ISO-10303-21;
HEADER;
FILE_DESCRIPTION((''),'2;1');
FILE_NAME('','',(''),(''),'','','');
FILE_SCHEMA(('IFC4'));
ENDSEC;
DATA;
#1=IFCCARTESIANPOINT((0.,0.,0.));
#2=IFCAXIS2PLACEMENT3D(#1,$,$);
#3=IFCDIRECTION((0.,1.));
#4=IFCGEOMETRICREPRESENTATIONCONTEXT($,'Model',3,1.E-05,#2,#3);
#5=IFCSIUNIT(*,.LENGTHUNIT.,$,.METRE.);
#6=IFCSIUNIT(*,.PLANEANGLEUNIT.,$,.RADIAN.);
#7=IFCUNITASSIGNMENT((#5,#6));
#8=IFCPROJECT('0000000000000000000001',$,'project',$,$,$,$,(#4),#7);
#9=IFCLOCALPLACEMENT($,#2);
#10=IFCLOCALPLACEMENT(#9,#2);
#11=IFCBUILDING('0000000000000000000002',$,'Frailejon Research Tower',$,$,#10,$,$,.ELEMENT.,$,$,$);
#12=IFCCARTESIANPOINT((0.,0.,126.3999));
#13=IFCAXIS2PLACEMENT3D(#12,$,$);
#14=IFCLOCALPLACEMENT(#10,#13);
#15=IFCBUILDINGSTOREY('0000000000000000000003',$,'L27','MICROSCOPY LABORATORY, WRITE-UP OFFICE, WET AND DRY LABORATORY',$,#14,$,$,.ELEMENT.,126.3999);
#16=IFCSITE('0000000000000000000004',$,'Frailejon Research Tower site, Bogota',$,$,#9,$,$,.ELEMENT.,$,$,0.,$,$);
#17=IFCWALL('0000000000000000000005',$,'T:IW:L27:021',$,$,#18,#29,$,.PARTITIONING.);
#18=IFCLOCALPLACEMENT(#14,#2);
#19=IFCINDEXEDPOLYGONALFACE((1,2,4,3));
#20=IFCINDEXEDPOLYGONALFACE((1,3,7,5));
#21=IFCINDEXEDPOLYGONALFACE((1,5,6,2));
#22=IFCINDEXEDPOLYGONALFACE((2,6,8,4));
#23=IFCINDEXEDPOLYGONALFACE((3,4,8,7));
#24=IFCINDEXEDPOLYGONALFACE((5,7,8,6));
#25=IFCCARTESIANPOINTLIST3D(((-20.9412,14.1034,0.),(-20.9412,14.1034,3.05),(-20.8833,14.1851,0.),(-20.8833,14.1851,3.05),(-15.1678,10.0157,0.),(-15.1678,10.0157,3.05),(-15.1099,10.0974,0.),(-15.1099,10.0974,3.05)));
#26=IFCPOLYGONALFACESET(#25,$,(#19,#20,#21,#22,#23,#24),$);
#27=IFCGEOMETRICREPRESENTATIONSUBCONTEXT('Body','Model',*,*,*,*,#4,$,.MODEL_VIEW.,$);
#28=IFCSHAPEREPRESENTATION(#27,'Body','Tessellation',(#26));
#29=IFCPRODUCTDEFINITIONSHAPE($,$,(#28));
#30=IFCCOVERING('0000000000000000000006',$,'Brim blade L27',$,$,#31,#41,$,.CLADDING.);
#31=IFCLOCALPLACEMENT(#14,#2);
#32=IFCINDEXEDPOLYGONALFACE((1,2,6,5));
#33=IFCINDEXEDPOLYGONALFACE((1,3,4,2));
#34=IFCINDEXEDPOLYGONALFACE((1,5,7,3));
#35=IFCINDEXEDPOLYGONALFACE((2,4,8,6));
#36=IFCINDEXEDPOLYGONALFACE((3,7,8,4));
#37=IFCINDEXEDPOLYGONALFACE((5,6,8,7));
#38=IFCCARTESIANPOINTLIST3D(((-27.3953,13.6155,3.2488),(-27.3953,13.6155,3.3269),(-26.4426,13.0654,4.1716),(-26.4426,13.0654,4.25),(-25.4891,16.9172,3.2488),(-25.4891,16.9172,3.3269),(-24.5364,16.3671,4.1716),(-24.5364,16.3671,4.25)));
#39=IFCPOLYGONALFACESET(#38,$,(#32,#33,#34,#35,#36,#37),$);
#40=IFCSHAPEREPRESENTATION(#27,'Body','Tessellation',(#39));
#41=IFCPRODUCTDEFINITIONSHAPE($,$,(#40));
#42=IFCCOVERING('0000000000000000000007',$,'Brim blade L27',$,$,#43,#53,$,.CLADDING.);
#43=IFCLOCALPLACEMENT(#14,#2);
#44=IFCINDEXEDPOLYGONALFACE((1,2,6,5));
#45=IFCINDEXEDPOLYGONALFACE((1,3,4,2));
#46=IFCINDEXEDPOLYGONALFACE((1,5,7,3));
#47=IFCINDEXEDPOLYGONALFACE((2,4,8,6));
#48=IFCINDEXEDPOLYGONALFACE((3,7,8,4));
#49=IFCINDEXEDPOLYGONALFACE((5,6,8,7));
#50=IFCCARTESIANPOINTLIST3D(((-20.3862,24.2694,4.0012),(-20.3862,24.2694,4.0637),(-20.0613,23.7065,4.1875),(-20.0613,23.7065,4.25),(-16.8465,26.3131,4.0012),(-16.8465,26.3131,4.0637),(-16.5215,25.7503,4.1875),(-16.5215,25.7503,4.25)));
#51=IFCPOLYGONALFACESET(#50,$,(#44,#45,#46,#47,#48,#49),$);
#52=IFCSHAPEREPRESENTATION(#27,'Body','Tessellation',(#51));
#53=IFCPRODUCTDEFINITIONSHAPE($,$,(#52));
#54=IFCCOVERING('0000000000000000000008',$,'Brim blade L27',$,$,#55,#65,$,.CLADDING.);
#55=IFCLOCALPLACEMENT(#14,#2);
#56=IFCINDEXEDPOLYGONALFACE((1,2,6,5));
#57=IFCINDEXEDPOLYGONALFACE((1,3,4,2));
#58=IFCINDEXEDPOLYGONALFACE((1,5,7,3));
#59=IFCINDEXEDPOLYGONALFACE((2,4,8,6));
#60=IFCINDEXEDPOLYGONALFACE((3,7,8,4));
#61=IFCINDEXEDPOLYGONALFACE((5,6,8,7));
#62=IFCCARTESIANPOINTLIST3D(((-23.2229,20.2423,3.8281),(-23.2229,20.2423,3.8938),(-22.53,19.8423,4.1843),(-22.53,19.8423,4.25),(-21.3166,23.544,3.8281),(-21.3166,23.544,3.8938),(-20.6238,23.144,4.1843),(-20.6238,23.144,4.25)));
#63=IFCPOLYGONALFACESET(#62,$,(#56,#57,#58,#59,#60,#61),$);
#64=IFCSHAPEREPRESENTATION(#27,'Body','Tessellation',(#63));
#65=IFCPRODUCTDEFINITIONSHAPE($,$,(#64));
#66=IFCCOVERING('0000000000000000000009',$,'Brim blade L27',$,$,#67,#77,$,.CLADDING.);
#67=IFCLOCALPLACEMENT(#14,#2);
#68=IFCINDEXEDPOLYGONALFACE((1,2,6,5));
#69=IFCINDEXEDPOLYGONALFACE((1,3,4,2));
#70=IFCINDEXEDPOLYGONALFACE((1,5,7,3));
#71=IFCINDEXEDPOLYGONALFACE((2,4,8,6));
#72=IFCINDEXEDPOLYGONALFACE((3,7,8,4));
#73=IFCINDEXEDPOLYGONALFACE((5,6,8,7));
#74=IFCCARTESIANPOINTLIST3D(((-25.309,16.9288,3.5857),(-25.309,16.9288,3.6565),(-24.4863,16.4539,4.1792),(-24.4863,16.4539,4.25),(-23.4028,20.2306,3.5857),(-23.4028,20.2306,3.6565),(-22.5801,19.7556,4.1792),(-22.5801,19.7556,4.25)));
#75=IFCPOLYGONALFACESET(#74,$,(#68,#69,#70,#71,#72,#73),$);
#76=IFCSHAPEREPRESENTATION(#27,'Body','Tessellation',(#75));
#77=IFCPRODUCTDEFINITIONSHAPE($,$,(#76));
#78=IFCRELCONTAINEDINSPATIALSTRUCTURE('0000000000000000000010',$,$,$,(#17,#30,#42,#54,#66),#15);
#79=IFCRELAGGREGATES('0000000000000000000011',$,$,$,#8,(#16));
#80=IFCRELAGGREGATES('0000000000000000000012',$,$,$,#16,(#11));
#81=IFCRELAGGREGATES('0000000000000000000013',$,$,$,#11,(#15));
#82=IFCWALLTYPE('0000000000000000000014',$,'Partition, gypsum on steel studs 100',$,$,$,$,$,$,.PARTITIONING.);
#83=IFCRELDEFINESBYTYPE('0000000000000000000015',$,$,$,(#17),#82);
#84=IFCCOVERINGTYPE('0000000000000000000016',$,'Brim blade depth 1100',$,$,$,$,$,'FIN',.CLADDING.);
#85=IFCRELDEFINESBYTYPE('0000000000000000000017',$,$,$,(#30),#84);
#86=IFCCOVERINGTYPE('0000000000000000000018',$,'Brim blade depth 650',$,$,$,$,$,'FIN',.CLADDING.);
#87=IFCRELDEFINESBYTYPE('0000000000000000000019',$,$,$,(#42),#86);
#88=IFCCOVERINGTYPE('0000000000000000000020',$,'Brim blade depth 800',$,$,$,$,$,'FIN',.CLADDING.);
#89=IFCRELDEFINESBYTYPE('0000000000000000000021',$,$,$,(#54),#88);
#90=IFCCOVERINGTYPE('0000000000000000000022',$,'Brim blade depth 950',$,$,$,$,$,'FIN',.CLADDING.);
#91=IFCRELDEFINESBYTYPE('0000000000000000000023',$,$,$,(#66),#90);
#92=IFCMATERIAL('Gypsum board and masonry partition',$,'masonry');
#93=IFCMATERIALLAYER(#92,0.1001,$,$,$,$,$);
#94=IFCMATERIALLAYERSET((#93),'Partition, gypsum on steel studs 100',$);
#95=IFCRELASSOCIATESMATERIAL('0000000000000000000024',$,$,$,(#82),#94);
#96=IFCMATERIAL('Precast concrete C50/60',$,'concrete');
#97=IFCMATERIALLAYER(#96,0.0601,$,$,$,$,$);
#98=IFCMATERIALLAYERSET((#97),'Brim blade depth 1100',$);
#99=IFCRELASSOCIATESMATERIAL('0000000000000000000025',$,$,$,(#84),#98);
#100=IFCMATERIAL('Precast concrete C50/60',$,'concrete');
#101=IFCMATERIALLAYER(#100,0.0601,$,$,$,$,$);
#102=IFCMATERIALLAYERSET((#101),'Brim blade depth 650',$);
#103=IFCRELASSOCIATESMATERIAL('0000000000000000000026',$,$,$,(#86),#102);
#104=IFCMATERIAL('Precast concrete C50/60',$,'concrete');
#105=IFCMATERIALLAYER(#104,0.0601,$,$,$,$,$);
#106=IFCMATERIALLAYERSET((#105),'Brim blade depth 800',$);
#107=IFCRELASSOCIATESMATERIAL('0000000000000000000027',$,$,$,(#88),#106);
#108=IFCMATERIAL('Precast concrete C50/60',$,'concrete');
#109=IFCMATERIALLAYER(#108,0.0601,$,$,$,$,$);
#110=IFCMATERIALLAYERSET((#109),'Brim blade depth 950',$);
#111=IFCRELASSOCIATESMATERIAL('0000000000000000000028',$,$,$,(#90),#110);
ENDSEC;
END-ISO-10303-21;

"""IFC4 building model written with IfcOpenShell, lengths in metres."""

from ifc_helpers import new_model, si_unit, direction, frame, frame_2d, origin, place, context, subcontext, project, spatial, polyline, rectangle, outline, extrude, material, layer, layer_set, type_object, element, save


model = new_model("IFC4")

# Units and contexts
model_context = context("Model", 3, precision=1e-05, world=origin(), true_north=direction((0.0, 1.0)))
body_context = subcontext(model_context, "Body", "Model", "MODEL_VIEW")
ifc_project = project(units=[si_unit("LENGTHUNIT", "METRE"), si_unit("PLANEANGLEUNIT", "RADIAN")], contexts=[model_context])

# Site, building, storey
site_placement = place(None, origin())
site = spatial("IfcSite", under=ifc_project, at=site_placement, Name="Frailejon Research Tower site, Bogota", CompositionType="ELEMENT", RefElevation=0.0)
building_placement = place(site_placement, origin())
building = spatial("IfcBuilding", under=site, at=building_placement, Name="Frailejon Research Tower", CompositionType="ELEMENT")
storey_placement = place(building_placement, frame((0.0, 0.0, 126.3999)))
storey = spatial("IfcBuildingStorey", under=building, at=storey_placement, Name="L27", Description="MICROSCOPY LABORATORY, WRITE-UP OFFICE, WET AND DRY LABORATORY", CompositionType="ELEMENT", Elevation=126.3999)

# Shared definitions
ifc_material_1 = material(Name="Gypsum board and masonry partition", Category="masonry")
ifc_layer_1 = layer(ifc_material_1, 0.1001)
ifc_layer_set_1 = layer_set([ifc_layer_1], Name="Partition, gypsum on steel studs 100")
wall_type = type_object("IfcWallType", Name="Partition, gypsum on steel studs 100", PredefinedType="PARTITIONING", material=ifc_layer_set_1)

# Wall
wall_1_placement = place(storey_placement, frame((-20.9124, 14.1443, 0.0), z_axis=(0.0, 0.0, 1.0), x_axis=(0.816149, -0.577841, 0.0)))
element("IfcWall", 1, at=wall_1_placement, inside=storey, type_object=wall_type, Name="T:IW:L27:021", PredefinedType="PARTITIONING", context=body_context, shape_type="SweptSolid", body=[
    extrude(rectangle(XDim=7.074, YDim=0.1001, at=frame_2d((3.5371, 0.0))), origin(), (0.0, 0.0, 1.0), 3.05),
])

# Coverings
ifc_material_2 = material(Name="Precast concrete C50/60", Category="concrete")
ifc_layer_2 = layer(ifc_material_2, 0.0601)
ifc_layer_set_2 = layer_set([ifc_layer_2], Name="Brim blade depth 1100")
covering_type_1 = type_object("IfcCoveringType", Name="Brim blade depth 1100", ElementType="FIN", PredefinedType="CLADDING", material=ifc_layer_set_2)
covering_1_placement = place(storey_placement, frame((-26.4426, 13.0654, 4.25), z_axis=(0.500001, 0.866025, 0.0), x_axis=(-0.866025, 0.500001, 0.0)))
element("IfcCovering", 2, at=covering_1_placement, inside=storey, type_object=covering_type_1, Name="Brim blade L27", PredefinedType="CLADDING", context=body_context, shape_type="SweptSolid", body=[
    extrude(outline(polyline([(0.0, -0.0784), (1.1001, -1.0012), (1.1001, -0.9231), (0.0, 0.0), (0.0, -0.0784)])), origin(), (0.0, 0.0, 1.0), 3.8125),
])
ifc_material_3 = material(Name="Precast concrete C50/60", Category="concrete")
ifc_layer_3 = layer(ifc_material_3, 0.0601)
ifc_layer_set_3 = layer_set([ifc_layer_3], Name="Brim blade depth 650")
covering_type_2 = type_object("IfcCoveringType", Name="Brim blade depth 650", ElementType="FIN", PredefinedType="CLADDING", material=ifc_layer_set_3)
covering_2_placement = place(storey_placement, frame((-20.0613, 23.7065, 4.25), z_axis=(0.866021, 0.500007, 0.0), x_axis=(-0.500007, 0.866021, 0.0)))
element("IfcCovering", 3, at=covering_2_placement, inside=storey, type_object=covering_type_2, Name="Brim blade L27", PredefinedType="CLADDING", context=body_context, shape_type="SweptSolid", body=[
    extrude(outline(polyline([(0.0, -0.0625), (0.6499, -0.2488), (0.6499, -0.1863), (0.0, 0.0), (0.0, -0.0625)])), origin(), (0.0, 0.0, 1.0), 4.0874),
])
ifc_material_4 = material(Name="Precast concrete C50/60", Category="concrete")
ifc_layer_4 = layer(ifc_material_4, 0.0601)
ifc_layer_set_4 = layer_set([ifc_layer_4], Name="Brim blade depth 800")
covering_type_3 = type_object("IfcCoveringType", Name="Brim blade depth 800", ElementType="FIN", PredefinedType="CLADDING", material=ifc_layer_set_4)
covering_3_placement = place(storey_placement, frame((-22.53, 19.8423, 4.25), z_axis=(0.500001, 0.866025, 0.0), x_axis=(-0.866025, 0.500001, 0.0)))
element("IfcCovering", 4, at=covering_3_placement, inside=storey, type_object=covering_type_3, Name="Brim blade L27", PredefinedType="CLADDING", context=body_context, shape_type="SweptSolid", body=[
    extrude(outline(polyline([(0.0, -0.0657), (0.8, -0.4219), (0.8, -0.3562), (0.0, 0.0), (0.0, -0.0657)])), origin(), (0.0, 0.0, 1.0), 3.8125),
])
ifc_material_5 = material(Name="Precast concrete C50/60", Category="concrete")
ifc_layer_5 = layer(ifc_material_5, 0.0601)
ifc_layer_set_5 = layer_set([ifc_layer_5], Name="Brim blade depth 950")
covering_type_4 = type_object("IfcCoveringType", Name="Brim blade depth 950", ElementType="FIN", PredefinedType="CLADDING", material=ifc_layer_set_5)
covering_4_placement = place(storey_placement, frame((-24.4863, 16.4539, 4.25), z_axis=(0.500001, 0.866025, 0.0), x_axis=(-0.866025, 0.500001, 0.0)))
element("IfcCovering", 5, at=covering_4_placement, inside=storey, type_object=covering_type_4, Name="Brim blade L27", PredefinedType="CLADDING", context=body_context, shape_type="SweptSolid", body=[
    extrude(outline(polyline([(0.0, -0.0708), (0.95, -0.6643), (0.95, -0.5935), (0.0, 0.0), (0.0, -0.0708)])), origin(), (0.0, 0.0, 1.0), 3.8125),
])

save(model, "model.ifc")
